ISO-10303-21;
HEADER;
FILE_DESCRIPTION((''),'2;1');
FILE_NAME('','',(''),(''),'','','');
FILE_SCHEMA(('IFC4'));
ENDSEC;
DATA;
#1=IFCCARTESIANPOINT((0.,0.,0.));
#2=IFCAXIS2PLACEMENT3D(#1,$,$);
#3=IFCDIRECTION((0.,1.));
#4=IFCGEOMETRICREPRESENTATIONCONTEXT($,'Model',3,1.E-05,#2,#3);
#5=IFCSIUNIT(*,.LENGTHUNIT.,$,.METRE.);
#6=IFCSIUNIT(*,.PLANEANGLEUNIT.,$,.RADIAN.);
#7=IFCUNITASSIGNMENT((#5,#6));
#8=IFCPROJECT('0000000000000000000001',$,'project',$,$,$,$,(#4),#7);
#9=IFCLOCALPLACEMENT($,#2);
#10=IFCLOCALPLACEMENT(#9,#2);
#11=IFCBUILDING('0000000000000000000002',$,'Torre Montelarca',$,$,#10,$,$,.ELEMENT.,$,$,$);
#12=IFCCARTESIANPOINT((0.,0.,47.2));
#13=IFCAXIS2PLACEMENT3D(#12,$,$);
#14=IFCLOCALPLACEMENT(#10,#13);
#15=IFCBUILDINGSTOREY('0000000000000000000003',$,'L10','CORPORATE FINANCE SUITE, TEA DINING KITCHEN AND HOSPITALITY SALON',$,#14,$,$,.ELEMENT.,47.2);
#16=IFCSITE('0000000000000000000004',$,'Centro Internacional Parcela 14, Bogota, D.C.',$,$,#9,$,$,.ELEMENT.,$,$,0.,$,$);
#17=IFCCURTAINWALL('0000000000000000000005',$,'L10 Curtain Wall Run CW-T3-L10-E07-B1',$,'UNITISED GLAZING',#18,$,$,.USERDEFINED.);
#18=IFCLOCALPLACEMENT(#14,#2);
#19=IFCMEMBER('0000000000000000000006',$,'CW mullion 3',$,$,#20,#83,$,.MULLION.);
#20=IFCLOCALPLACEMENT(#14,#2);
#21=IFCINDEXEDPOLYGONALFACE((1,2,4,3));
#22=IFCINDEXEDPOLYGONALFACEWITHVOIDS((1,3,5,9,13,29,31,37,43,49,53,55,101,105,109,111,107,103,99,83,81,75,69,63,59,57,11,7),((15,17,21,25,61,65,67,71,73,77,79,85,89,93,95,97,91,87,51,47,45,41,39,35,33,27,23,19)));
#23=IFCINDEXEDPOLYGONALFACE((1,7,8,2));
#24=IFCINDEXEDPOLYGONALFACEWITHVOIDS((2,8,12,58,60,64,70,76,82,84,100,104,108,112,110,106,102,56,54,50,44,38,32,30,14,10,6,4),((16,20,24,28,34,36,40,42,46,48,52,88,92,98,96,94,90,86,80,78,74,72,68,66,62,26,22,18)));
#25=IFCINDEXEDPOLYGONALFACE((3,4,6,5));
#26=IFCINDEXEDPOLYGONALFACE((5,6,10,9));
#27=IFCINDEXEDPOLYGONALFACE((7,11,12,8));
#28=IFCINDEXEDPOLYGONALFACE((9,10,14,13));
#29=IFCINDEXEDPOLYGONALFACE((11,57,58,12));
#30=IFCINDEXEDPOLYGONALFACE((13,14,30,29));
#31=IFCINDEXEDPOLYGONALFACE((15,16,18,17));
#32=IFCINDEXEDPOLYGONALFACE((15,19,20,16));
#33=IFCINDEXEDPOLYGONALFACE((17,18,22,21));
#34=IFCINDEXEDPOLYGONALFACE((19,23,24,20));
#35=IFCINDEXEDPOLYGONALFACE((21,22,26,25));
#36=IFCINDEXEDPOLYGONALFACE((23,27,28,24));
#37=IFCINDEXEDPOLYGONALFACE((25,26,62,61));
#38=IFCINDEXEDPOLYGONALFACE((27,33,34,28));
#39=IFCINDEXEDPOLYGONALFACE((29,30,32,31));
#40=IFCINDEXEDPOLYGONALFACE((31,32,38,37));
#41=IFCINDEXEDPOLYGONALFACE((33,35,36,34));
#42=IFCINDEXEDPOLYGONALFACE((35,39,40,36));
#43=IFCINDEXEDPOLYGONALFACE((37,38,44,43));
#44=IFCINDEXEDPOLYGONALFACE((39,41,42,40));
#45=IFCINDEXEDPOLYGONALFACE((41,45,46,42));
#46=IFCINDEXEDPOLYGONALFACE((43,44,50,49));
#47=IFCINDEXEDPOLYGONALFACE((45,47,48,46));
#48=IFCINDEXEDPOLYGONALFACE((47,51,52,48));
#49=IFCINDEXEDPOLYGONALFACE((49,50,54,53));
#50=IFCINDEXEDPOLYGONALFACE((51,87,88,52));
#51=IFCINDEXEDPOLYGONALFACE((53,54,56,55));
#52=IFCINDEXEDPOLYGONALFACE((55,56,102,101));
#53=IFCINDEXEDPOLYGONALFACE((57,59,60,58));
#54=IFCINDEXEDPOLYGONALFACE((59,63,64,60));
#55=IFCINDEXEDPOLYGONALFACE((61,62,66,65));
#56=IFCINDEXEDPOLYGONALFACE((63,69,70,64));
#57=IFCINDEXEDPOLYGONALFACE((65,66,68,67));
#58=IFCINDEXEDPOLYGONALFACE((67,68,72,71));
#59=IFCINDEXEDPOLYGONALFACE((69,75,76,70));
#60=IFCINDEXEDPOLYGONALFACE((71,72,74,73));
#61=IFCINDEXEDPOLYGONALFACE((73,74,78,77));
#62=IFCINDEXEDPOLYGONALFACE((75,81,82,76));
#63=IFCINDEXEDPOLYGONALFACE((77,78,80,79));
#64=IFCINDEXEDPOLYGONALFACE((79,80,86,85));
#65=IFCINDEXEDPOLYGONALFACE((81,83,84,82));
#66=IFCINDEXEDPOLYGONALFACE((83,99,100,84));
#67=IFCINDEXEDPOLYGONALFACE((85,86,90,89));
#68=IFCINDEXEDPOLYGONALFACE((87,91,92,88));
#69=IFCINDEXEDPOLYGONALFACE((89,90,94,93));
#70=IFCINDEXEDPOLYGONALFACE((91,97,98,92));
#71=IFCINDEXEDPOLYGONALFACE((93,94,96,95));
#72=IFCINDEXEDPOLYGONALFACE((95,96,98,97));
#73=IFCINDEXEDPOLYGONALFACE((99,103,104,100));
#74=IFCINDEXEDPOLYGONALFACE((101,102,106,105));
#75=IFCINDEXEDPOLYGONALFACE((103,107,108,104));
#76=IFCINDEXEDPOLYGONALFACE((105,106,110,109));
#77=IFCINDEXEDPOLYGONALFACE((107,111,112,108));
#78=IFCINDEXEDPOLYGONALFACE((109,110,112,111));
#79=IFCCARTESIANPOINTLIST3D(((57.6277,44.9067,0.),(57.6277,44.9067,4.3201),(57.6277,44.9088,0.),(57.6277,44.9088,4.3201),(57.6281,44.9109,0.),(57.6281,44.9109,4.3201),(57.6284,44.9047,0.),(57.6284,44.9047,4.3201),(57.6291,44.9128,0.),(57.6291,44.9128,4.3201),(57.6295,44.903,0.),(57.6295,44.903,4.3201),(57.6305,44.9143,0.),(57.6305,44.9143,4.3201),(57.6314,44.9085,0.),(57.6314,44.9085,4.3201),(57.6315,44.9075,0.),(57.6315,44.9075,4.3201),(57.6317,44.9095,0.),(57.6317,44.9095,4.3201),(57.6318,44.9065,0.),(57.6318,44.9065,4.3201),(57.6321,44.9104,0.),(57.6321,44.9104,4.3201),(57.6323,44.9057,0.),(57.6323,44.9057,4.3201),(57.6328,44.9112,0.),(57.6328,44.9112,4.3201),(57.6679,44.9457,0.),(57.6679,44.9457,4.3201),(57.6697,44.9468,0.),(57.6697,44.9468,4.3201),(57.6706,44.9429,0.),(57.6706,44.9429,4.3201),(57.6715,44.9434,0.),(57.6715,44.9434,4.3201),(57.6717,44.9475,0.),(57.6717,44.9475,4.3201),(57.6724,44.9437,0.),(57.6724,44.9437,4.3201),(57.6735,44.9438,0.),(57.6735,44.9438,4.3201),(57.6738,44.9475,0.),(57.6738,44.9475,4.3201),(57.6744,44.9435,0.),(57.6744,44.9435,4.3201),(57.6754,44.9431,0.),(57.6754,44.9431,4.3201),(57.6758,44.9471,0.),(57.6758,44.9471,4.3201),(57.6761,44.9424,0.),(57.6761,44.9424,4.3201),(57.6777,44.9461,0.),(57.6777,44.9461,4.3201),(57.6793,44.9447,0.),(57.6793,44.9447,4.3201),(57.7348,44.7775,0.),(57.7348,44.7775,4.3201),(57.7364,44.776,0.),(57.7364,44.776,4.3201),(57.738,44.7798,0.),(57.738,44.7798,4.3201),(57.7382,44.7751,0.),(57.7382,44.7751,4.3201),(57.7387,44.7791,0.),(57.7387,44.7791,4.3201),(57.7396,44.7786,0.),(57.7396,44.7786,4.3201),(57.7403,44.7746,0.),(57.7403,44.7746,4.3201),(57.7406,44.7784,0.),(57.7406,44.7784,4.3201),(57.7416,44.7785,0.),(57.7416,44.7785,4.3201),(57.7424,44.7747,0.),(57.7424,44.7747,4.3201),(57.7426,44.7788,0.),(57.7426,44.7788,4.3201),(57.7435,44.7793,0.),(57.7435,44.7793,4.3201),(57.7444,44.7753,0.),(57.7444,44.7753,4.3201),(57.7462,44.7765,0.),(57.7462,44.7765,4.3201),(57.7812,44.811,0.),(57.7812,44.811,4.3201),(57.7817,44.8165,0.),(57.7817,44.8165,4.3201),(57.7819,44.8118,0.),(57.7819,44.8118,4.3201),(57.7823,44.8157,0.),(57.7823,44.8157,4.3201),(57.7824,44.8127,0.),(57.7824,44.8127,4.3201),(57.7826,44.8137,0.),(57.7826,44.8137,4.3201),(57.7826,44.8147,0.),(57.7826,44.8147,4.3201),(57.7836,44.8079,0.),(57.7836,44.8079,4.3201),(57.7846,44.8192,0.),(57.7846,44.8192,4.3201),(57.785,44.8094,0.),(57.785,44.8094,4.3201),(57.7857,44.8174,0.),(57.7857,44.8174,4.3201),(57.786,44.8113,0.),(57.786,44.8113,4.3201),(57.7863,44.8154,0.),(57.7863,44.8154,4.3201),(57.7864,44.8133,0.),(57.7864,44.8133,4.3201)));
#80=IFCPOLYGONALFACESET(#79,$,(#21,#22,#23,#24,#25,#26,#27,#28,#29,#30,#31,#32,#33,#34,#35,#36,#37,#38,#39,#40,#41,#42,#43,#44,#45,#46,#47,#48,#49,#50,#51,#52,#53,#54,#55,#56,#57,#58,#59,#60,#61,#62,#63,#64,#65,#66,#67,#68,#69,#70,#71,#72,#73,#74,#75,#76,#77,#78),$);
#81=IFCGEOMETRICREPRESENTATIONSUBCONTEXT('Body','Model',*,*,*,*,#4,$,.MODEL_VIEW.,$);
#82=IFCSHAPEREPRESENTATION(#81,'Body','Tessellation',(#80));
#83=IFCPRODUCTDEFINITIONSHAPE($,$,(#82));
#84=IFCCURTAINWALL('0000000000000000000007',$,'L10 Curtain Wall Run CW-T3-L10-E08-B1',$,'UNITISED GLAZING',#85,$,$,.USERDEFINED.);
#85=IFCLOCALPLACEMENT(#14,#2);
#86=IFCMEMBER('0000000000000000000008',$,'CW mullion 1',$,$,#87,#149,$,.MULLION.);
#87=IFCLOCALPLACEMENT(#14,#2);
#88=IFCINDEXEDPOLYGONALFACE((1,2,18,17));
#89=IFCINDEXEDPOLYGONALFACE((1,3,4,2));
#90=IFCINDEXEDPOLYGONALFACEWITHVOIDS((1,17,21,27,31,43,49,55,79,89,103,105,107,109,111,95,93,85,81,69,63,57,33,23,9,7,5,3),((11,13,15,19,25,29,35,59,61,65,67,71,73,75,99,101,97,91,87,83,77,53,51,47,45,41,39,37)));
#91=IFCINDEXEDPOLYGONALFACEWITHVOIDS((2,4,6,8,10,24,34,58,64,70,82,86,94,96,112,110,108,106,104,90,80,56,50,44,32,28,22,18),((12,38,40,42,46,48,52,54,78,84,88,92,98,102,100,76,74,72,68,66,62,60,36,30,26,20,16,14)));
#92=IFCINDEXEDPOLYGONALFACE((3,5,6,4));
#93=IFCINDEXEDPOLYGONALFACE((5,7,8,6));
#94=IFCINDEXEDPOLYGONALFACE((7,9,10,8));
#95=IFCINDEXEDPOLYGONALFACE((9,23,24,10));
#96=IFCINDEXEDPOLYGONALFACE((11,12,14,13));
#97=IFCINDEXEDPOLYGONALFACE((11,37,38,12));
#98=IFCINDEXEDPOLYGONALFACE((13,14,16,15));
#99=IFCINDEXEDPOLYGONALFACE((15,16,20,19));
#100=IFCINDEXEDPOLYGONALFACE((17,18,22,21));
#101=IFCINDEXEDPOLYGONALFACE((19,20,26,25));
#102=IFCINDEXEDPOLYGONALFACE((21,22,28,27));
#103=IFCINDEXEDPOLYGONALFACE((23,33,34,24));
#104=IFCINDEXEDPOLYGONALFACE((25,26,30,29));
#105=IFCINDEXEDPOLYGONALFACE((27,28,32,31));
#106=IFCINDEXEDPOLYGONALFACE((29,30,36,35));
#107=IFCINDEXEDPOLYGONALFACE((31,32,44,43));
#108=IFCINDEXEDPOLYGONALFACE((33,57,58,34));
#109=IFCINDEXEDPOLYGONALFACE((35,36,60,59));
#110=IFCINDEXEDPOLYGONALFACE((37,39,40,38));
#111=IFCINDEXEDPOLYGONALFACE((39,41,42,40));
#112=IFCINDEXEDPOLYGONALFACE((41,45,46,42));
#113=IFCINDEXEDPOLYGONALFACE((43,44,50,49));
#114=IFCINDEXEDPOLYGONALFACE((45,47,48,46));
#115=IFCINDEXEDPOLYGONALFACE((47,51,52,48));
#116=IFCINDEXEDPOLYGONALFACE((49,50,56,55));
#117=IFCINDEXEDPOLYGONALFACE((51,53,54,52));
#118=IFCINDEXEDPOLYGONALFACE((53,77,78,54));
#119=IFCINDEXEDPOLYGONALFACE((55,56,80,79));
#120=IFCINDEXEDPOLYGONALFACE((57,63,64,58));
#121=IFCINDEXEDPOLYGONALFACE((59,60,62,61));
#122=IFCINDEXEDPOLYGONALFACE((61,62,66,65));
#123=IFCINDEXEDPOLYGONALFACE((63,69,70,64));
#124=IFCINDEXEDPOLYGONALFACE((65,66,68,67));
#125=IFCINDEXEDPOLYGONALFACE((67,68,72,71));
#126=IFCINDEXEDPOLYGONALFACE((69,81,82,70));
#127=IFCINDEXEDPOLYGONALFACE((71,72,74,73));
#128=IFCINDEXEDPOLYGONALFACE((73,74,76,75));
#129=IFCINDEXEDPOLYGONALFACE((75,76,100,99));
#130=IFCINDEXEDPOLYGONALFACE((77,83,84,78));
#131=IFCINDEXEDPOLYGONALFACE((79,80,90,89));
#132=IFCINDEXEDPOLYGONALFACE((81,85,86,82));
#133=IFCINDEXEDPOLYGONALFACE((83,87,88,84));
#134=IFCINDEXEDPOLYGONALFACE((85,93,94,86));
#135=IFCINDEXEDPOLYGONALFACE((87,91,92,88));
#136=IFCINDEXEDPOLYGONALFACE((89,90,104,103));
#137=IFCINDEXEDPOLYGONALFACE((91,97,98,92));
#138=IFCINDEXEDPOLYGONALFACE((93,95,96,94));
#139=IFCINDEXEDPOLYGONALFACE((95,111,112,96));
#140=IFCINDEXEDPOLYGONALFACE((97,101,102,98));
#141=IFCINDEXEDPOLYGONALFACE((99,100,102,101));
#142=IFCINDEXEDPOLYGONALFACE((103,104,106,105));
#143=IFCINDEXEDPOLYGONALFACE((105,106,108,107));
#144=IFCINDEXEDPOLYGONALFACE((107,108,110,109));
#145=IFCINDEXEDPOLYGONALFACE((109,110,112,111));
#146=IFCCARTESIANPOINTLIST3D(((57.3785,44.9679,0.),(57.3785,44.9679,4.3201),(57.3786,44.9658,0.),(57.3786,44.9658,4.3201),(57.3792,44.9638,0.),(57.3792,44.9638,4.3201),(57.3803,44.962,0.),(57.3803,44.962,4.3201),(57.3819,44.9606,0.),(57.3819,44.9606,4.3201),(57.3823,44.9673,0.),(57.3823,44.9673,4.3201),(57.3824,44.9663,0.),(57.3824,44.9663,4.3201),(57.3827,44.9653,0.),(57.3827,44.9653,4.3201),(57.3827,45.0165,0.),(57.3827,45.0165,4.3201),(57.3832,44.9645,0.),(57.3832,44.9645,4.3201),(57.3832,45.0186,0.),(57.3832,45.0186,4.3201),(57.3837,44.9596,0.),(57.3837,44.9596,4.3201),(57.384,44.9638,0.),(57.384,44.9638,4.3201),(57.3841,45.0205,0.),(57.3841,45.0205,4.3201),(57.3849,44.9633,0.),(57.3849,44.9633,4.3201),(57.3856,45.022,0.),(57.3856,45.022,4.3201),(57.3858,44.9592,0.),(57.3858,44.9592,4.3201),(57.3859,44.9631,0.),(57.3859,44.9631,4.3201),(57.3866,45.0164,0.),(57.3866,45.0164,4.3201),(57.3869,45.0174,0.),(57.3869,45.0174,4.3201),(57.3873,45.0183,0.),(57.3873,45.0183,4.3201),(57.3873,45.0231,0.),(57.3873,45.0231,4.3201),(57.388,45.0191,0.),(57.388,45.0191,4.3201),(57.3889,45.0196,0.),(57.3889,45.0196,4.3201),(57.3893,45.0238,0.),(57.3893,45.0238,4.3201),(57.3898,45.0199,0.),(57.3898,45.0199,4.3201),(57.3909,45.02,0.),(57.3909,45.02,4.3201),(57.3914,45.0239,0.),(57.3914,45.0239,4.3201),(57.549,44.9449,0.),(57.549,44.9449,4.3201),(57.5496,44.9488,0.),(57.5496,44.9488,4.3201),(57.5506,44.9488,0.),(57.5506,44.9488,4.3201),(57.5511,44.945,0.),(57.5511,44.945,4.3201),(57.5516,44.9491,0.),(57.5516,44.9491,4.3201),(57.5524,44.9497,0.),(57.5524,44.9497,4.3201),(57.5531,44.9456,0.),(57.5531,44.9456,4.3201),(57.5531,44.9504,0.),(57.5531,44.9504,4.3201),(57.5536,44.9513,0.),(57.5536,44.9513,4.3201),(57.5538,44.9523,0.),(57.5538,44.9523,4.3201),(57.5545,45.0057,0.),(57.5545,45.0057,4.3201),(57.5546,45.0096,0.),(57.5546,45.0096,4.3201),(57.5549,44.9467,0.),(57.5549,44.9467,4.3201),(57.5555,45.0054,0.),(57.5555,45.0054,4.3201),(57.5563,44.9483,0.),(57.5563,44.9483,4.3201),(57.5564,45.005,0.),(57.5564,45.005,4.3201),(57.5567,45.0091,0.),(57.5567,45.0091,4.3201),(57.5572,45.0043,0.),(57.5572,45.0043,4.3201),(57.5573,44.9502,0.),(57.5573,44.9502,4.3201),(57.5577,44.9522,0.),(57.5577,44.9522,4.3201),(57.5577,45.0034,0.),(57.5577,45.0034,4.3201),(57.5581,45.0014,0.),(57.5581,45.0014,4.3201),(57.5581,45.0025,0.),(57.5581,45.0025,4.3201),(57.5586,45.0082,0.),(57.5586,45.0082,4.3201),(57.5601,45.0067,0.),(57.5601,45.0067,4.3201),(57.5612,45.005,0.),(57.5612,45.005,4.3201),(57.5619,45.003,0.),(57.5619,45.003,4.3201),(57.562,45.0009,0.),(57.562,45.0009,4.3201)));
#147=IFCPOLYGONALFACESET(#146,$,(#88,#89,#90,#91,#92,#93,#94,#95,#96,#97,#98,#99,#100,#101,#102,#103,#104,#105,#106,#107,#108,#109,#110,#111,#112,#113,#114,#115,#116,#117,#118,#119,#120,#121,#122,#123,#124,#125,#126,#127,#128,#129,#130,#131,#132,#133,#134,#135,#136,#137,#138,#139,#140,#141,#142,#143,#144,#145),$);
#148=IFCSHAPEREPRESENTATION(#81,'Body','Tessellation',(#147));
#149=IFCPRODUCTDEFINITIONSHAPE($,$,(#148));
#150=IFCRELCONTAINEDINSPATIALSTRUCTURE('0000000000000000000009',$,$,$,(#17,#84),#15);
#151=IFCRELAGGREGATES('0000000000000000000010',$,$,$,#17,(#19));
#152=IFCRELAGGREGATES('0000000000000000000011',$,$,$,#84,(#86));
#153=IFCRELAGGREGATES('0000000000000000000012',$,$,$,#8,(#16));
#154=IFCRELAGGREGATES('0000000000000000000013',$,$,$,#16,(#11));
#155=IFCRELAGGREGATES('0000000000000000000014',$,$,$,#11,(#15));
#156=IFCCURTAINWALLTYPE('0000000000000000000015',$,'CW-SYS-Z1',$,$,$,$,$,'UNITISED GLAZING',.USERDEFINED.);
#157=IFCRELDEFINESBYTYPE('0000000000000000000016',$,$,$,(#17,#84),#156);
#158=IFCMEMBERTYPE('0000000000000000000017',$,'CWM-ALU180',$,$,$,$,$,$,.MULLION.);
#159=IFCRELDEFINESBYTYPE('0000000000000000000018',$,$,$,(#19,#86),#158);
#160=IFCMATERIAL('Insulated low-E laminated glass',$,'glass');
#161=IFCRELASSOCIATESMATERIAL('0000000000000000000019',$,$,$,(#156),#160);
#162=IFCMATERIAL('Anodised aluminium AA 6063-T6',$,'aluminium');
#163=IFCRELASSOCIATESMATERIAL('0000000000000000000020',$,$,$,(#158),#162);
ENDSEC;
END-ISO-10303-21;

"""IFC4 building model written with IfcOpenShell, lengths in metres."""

from ifc_helpers import new_model, si_unit, direction, frame, origin, origin_2d, place, context, subcontext, project, spatial, hollow_rectangle, extrude, source, transform, mapped, material, material_profile, profile_set, type_object, element, aggregate, save


model = new_model("IFC4")

# Units and contexts
model_context = context("Model", 3, precision=1e-05, world=origin(), true_north=direction((0.0, 1.0)))
body_context = subcontext(model_context, "Body", "Model", "MODEL_VIEW")
ifc_project = project(units=[si_unit("LENGTHUNIT", "METRE"), si_unit("PLANEANGLEUNIT", "RADIAN")], contexts=[model_context])

# Site, building, storey
site_placement = place(None, origin())
site = spatial("IfcSite", under=ifc_project, at=site_placement, Name="Centro Internacional Parcela 14, Bogota, D.C.", CompositionType="ELEMENT", RefElevation=0.0)
building_placement = place(site_placement, origin())
building = spatial("IfcBuilding", under=site, at=building_placement, Name="Torre Montelarca", CompositionType="ELEMENT")
storey_placement = place(building_placement, frame((0.0, 0.0, 47.2)))
storey = spatial("IfcBuildingStorey", under=building, at=storey_placement, Name="L10", Description="CORPORATE FINANCE SUITE, TEA DINING KITCHEN AND HOSPITALITY SALON", CompositionType="ELEMENT", Elevation=47.2)

# Curtain walls, members
ifc_material_1 = material(Name="Insulated low-E laminated glass", Category="glass")
curtain_wall_type = type_object("IfcCurtainWallType", Name="CW-SYS-Z1", ElementType="UNITISED GLAZING", PredefinedType="USERDEFINED", material=ifc_material_1)
ifc_material_2 = material(Name="Anodised aluminium AA 6063-T6", Category="aluminium")
ifc_material_profile_1 = material_profile(ifc_material_2, hollow_rectangle(XDim=0.0649, YDim=0.1799, WallThickness=0.0039, InnerFilletRadius=0.0039, OuterFilletRadius=0.0081, at=origin_2d()), Name="ALU65X180X4", Category="aluminium")
ifc_profile_set_1 = profile_set([ifc_material_profile_1], Name="Anodised aluminium AA 6063-T6")
member_type_1 = type_object("IfcMemberType", Name="CWM-ALU180", PredefinedType="MULLION", material=ifc_profile_set_1)
shared_shape_1 = source(origin(), body_context, "Body", "SweptSolid", [
    extrude(hollow_rectangle(XDim=0.0649, YDim=0.1799, WallThickness=0.0039, InnerFilletRadius=0.0039, OuterFilletRadius=0.0081, at=origin_2d()), origin(), (0.0, 0.0, 1.0), 4.3201),
])
curtain_wall_1_placement = place(storey_placement, origin())
curtain_wall_1 = element("IfcCurtainWall", 1, at=curtain_wall_1_placement, inside=storey, type_object=curtain_wall_type, Name="L10 Curtain Wall Run CW-T3-L10-E07-B1", ObjectType="UNITISED GLAZING", PredefinedType="USERDEFINED")
member_1_placement = place(storey_placement, frame((57.707, 44.8611, 0.0), z_axis=(0.0, 0.0, 1.0), x_axis=(-0.766043, -0.64279, 0.0)))
member_1 = element("IfcMember", 2, at=member_1_placement, type_object=member_type_1, Name="CW mullion 3", PredefinedType="MULLION", context=body_context, shape_type="MappedRepresentation", body=[
    mapped(shared_shape_1, transform((0.0, 0.0, 0.0), scale=1.0)),
])
curtain_wall_2_placement = place(storey_placement, origin())
curtain_wall_2 = element("IfcCurtainWall", 3, at=curtain_wall_2_placement, inside=storey, type_object=curtain_wall_type, Name="L10 Curtain Wall Run CW-T3-L10-E08-B1", ObjectType="UNITISED GLAZING", PredefinedType="USERDEFINED")
member_2_placement = place(storey_placement, frame((57.4702, 44.9844, 0.0), z_axis=(0.0, 0.0, 1.0), x_axis=(-0.087159, -0.996194, 0.0)))
member_2 = element("IfcMember", 4, at=member_2_placement, type_object=member_type_1, Name="CW mullion 1", PredefinedType="MULLION", context=body_context, shape_type="MappedRepresentation", body=[
    mapped(shared_shape_1, transform((0.0, 0.0, 0.0), scale=1.0)),
])

aggregate(curtain_wall_1, [member_1])
aggregate(curtain_wall_2, [member_2])

save(model, "model.ifc")
